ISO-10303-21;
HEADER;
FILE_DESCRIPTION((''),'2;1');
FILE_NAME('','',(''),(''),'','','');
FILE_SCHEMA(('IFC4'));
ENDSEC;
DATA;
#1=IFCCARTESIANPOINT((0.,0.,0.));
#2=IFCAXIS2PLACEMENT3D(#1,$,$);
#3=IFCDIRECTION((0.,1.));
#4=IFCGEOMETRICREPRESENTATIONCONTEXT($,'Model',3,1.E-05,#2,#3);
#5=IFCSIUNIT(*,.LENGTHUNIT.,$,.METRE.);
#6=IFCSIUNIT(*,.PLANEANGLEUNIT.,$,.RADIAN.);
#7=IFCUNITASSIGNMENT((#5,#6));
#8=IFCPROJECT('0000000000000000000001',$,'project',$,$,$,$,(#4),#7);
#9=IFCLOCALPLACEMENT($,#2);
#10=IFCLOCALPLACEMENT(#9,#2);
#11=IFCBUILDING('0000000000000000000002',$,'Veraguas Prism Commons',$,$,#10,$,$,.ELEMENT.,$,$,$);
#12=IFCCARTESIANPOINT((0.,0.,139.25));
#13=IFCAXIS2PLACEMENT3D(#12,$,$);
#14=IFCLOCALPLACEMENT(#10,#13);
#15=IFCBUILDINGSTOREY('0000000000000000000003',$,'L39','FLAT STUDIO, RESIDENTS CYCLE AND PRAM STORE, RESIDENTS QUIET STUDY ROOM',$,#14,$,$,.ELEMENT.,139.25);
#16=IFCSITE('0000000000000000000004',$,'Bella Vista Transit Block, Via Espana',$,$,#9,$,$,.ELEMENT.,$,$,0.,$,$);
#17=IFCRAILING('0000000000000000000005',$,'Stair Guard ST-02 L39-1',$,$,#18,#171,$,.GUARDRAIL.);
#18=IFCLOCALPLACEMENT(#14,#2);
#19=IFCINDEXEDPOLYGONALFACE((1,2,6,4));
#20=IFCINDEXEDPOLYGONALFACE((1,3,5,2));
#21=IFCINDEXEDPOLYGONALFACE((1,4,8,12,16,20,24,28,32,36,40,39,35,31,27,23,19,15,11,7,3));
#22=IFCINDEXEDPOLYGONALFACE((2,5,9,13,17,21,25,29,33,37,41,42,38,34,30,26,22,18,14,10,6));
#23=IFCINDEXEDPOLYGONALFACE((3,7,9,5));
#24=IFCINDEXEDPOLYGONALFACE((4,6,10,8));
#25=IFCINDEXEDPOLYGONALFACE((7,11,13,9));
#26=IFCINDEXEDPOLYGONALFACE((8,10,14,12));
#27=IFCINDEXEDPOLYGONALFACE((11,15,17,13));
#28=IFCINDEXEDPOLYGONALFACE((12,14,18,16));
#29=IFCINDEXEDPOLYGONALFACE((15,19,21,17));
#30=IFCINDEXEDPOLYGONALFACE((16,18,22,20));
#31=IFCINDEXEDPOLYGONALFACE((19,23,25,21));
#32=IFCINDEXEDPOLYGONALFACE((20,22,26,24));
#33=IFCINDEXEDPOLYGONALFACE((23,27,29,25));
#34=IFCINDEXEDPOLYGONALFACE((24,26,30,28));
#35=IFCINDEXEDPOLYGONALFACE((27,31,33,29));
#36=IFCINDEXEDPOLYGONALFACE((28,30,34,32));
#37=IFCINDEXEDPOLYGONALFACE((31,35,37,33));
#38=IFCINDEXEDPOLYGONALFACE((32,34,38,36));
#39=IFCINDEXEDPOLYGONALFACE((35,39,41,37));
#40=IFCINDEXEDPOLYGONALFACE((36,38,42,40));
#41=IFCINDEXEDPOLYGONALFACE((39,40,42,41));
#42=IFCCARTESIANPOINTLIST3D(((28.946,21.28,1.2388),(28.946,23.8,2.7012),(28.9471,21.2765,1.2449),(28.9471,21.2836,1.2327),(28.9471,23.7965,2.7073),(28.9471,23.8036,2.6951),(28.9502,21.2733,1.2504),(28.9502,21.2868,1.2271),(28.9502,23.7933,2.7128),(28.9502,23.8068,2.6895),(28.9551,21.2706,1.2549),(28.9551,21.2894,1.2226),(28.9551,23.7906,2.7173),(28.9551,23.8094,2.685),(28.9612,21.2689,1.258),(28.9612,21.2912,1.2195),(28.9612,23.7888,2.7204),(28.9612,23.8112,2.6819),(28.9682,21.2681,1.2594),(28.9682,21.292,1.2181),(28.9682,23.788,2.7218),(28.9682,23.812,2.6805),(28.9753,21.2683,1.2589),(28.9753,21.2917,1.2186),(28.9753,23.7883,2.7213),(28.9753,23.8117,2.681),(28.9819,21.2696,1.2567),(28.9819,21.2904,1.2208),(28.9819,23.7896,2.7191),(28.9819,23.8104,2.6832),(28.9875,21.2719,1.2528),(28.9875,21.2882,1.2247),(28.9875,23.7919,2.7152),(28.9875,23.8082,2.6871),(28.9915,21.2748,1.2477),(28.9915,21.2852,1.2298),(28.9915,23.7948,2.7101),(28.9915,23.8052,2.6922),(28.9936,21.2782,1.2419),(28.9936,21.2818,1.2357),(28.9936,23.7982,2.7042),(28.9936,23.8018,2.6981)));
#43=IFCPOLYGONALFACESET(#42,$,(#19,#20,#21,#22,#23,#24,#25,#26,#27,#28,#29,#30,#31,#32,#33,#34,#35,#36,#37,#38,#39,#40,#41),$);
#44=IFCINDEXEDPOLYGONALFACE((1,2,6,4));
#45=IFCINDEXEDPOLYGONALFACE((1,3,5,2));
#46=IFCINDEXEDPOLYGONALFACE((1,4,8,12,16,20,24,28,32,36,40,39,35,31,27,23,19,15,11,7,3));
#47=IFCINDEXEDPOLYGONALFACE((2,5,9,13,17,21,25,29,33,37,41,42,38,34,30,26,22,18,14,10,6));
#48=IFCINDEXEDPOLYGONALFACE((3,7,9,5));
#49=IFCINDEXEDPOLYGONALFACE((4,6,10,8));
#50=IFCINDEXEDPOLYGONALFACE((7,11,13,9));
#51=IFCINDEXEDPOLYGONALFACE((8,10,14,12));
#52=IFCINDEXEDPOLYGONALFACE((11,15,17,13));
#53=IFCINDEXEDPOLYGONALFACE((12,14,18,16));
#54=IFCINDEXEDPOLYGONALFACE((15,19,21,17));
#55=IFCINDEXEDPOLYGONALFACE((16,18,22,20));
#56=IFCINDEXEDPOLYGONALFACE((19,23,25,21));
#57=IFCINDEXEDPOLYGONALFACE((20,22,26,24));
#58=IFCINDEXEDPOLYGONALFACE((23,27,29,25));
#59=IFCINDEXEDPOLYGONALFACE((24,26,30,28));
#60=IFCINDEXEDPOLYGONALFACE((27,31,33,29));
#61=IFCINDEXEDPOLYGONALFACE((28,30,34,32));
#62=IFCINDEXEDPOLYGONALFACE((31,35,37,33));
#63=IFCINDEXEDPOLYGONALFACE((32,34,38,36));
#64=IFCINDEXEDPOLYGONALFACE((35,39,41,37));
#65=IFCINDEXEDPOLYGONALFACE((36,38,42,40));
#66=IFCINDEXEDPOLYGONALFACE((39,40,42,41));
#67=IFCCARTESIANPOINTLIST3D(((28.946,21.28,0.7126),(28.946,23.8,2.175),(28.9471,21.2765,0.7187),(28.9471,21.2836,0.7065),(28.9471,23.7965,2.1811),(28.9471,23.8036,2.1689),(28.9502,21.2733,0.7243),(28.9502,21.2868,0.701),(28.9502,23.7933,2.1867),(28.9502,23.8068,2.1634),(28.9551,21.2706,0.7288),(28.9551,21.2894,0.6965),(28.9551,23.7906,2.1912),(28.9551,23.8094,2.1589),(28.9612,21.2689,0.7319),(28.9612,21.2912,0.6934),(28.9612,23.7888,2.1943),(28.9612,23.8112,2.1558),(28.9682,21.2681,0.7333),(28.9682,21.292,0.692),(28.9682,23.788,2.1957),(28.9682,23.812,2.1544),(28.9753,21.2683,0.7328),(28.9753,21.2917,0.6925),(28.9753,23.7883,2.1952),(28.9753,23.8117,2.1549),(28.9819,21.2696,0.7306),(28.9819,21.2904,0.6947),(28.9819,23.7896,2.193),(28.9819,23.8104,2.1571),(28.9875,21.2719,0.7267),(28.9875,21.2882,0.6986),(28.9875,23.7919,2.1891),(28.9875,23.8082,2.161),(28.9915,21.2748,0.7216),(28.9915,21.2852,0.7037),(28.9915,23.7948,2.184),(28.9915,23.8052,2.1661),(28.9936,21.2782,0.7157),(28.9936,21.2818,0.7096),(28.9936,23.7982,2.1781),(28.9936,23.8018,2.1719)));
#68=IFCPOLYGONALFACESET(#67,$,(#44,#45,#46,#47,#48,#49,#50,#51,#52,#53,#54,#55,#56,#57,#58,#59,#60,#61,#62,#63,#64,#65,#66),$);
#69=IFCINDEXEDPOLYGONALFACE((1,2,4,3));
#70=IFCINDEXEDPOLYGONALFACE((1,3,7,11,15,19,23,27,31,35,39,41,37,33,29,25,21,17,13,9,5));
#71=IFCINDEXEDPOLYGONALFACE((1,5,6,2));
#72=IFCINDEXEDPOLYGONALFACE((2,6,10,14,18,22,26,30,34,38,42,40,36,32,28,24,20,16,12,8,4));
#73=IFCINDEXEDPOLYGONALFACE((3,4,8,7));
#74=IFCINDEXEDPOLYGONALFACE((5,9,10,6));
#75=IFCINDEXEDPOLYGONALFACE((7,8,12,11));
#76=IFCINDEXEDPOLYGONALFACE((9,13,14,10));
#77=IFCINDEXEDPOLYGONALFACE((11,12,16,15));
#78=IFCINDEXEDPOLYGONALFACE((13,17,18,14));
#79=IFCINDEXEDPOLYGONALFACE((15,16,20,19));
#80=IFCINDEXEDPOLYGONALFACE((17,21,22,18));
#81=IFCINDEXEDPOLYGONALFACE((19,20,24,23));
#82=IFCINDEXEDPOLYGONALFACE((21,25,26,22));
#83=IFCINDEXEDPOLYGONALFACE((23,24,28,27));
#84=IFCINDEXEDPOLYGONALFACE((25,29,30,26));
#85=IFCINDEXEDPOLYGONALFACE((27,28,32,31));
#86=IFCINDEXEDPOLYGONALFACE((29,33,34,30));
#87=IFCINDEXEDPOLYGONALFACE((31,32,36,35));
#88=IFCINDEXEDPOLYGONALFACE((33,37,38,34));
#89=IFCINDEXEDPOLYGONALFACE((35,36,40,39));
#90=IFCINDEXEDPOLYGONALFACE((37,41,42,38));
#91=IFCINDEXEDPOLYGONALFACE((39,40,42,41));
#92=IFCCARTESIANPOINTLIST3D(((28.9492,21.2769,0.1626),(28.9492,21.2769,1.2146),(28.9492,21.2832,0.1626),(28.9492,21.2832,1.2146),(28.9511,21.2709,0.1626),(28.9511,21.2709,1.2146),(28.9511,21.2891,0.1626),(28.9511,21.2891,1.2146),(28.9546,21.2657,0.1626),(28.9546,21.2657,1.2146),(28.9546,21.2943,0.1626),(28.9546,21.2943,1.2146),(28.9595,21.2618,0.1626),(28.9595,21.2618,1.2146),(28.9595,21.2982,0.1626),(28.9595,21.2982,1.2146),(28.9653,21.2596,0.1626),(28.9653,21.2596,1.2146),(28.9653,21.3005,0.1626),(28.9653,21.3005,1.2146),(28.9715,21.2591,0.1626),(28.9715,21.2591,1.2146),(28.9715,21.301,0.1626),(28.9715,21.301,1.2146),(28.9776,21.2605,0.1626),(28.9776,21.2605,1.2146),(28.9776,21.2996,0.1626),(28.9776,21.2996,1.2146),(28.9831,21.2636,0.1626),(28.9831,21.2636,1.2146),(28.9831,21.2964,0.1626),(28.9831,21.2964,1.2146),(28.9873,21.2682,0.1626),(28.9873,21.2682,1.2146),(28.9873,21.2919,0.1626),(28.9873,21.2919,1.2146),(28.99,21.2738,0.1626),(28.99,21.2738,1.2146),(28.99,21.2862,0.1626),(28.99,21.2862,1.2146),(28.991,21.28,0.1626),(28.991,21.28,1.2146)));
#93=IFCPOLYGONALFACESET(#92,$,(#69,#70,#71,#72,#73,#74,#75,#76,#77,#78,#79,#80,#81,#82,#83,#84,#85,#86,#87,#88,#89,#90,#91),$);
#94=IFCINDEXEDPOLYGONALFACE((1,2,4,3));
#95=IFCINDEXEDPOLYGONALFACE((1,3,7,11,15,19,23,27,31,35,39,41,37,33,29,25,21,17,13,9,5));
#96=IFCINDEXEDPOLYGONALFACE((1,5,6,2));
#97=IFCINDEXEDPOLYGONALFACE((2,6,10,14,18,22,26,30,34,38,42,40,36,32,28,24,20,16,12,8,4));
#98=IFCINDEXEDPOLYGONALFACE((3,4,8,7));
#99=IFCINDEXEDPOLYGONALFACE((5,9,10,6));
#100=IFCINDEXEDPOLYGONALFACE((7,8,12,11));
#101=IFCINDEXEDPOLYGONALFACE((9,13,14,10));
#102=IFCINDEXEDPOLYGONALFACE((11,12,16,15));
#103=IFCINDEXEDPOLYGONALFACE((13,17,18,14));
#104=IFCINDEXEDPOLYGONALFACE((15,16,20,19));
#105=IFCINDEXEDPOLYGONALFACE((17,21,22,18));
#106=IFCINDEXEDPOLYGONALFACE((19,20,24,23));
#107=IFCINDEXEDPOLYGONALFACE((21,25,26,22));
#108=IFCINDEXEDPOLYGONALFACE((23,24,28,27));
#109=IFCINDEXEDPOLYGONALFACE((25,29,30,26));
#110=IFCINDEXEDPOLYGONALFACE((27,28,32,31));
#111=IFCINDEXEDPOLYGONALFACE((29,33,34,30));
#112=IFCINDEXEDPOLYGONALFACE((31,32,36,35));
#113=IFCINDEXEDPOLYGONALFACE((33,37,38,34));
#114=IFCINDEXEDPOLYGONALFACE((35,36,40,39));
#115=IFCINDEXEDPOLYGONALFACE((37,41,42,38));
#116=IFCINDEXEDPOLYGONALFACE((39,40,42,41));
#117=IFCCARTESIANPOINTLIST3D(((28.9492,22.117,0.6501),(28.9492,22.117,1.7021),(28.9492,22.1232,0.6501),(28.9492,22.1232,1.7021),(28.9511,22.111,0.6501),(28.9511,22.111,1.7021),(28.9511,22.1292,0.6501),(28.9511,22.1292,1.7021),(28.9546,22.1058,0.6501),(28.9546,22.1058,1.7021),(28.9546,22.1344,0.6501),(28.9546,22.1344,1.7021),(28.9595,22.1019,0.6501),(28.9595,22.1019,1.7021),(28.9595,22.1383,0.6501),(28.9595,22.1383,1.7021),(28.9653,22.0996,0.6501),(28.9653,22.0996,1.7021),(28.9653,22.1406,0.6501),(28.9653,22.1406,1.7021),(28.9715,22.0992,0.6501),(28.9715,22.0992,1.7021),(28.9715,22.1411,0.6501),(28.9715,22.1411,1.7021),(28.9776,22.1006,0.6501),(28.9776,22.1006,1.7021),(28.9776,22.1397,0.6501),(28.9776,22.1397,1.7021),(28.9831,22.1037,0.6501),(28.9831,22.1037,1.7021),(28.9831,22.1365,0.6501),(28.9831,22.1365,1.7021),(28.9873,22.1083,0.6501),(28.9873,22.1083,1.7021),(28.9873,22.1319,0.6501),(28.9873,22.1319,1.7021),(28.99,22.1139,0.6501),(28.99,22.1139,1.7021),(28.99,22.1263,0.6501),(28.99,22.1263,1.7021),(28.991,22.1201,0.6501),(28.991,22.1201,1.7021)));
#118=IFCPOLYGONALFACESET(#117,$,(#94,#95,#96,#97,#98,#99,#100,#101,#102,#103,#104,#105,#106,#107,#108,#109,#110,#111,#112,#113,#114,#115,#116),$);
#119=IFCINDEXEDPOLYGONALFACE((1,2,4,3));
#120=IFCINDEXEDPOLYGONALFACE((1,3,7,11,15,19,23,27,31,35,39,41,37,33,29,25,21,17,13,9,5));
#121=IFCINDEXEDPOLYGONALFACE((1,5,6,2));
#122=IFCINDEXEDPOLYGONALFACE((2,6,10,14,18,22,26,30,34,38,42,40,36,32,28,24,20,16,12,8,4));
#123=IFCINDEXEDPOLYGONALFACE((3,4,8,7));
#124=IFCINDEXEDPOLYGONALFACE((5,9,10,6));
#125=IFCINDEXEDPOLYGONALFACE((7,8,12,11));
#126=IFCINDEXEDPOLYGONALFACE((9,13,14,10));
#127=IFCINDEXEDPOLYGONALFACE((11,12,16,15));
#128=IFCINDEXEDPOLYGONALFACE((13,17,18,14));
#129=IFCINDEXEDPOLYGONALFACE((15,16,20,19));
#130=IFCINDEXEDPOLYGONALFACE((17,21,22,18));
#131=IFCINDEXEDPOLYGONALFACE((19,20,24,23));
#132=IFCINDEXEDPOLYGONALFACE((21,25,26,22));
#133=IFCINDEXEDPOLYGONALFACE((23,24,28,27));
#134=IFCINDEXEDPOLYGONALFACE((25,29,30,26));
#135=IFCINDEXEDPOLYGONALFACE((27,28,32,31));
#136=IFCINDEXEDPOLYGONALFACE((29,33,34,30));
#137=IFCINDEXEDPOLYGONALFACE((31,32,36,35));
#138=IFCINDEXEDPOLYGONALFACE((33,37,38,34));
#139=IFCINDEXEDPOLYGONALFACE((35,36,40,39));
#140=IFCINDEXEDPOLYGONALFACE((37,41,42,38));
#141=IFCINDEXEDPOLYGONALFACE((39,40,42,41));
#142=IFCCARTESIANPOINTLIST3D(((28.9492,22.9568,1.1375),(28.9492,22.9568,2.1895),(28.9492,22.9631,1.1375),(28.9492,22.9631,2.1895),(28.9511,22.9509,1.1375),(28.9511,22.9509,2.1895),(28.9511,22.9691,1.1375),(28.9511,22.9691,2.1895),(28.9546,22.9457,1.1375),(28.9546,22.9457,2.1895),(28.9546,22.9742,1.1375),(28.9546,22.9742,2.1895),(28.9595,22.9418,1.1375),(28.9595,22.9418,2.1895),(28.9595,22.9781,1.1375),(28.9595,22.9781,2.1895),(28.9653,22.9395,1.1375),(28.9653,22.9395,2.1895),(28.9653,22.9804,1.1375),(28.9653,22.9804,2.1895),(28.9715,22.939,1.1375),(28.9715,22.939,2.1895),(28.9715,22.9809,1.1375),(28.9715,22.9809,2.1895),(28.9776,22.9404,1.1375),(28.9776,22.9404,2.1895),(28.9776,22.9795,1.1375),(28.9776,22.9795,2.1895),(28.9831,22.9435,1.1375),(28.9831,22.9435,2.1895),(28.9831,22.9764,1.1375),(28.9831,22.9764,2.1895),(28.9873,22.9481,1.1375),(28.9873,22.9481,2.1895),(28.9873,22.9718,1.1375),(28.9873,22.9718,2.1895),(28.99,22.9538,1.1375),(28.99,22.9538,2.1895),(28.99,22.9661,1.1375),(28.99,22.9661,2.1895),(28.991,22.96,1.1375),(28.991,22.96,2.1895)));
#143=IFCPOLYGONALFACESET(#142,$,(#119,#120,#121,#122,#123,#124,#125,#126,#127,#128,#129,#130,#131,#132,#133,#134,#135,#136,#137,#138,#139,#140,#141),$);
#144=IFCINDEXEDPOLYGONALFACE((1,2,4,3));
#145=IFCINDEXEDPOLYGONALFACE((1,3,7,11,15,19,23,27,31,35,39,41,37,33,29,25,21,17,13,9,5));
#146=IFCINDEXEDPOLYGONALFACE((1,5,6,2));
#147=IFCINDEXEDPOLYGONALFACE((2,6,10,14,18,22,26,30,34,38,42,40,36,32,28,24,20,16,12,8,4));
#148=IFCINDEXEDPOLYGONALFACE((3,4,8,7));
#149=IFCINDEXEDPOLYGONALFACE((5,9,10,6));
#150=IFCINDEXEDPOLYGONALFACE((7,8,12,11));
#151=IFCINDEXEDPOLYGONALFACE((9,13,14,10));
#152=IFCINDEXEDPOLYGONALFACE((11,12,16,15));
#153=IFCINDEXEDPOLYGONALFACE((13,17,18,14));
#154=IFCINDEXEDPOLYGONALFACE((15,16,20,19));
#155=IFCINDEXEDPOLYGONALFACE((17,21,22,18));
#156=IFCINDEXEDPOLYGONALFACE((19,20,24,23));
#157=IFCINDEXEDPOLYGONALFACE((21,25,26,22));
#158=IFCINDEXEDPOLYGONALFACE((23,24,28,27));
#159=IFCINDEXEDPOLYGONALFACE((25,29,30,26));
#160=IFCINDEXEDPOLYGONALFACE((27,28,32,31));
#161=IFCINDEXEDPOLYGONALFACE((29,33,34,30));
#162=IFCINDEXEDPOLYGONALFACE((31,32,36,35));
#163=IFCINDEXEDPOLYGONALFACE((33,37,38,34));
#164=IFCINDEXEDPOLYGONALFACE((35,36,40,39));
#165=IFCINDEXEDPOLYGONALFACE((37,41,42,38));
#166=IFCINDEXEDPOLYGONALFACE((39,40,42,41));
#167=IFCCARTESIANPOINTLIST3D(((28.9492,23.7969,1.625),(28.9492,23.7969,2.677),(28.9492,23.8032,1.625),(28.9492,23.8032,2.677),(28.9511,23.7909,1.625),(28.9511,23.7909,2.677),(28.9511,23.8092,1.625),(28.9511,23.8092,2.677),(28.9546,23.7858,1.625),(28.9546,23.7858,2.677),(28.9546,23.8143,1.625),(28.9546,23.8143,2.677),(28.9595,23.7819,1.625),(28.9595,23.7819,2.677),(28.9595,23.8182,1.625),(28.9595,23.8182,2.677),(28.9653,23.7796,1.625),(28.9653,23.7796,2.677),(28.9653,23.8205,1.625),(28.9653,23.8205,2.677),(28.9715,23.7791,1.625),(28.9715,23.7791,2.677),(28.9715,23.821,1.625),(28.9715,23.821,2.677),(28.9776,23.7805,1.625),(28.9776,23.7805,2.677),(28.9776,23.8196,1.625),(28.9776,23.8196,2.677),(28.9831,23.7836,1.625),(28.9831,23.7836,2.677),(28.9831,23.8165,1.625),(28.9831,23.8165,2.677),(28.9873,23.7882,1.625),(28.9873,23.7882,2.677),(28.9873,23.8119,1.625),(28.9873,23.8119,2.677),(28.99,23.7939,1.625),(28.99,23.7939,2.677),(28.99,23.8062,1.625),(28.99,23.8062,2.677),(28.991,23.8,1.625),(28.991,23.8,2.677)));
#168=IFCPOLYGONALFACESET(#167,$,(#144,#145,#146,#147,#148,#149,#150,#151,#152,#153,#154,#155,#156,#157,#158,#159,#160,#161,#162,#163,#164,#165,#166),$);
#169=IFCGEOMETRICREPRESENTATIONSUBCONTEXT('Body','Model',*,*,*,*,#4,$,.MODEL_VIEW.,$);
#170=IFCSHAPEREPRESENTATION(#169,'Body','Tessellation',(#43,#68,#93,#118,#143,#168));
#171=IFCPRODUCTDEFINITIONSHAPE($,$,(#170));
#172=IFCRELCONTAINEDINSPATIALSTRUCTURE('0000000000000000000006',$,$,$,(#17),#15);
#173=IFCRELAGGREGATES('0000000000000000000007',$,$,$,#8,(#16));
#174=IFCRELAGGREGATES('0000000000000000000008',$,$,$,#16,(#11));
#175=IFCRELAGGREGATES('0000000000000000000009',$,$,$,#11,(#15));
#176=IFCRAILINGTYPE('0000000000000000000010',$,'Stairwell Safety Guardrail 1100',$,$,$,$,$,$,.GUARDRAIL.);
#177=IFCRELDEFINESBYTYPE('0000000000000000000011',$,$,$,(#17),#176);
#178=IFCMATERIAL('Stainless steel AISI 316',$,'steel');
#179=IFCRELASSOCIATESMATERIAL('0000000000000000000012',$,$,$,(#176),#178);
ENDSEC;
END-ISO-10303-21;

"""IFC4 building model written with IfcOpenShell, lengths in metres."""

from ifc_helpers import new_model, si_unit, direction, frame, origin, origin_2d, place, context, subcontext, project, spatial, circle, extrude, material, type_object, element, save


model = new_model("IFC4")

# Units and contexts
model_context = context("Model", 3, precision=1e-05, world=origin(), true_north=direction((0.0, 1.0)))
body_context = subcontext(model_context, "Body", "Model", "MODEL_VIEW")
ifc_project = project(units=[si_unit("LENGTHUNIT", "METRE"), si_unit("PLANEANGLEUNIT", "RADIAN")], contexts=[model_context])

# Site, building, storey
site_placement = place(None, origin())
site = spatial("IfcSite", under=ifc_project, at=site_placement, Name="Bella Vista Transit Block, Via Espana", CompositionType="ELEMENT", RefElevation=0.0)
building_placement = place(site_placement, origin())
building = spatial("IfcBuilding", under=site, at=building_placement, Name="Veraguas Prism Commons", CompositionType="ELEMENT")
storey_placement = place(building_placement, frame((0.0, 0.0, 139.25)))
storey = spatial("IfcBuildingStorey", under=building, at=storey_placement, Name="L39", Description="FLAT STUDIO, RESIDENTS CYCLE AND PRAM STORE, RESIDENTS QUIET STUDY ROOM", CompositionType="ELEMENT", Elevation=139.25)

# Shared definitions
ifc_material_1 = material(Name="Stainless steel AISI 316", Category="steel")

# Railing
railing_type_1 = type_object("IfcRailingType", Name="Stairwell Safety Guardrail 1100", PredefinedType="GUARDRAIL", material=ifc_material_1)
railing_1_placement = place(storey_placement, frame((28.97, 21.28, 0.1626)))
element("IfcRailing", 1, at=railing_1_placement, inside=storey, type_object=railing_type_1, Name="Stair Guard ST-02 L39-1", PredefinedType="GUARDRAIL", context=body_context, shape_type="SweptSolid", body=[
    extrude(circle(Radius=0.0239, at=origin_2d()), frame((0.0, 0.0, 1.0762), z_axis=(0.0, 0.864913, 0.501921), x_axis=(-1.0, 0.0, 0.0)), (0.0, 0.0, 1.0), 2.9136),
    extrude(circle(Radius=0.0239, at=origin_2d()), frame((0.0, 0.0, 0.55), z_axis=(0.0, 0.864913, 0.501921), x_axis=(-1.0, 0.0, 0.0)), (0.0, 0.0, 1.0), 2.9136),
    extrude(circle(Radius=0.021, at=origin_2d()), origin(), (0.0, 0.0, 1.0), 1.052),
    extrude(circle(Radius=0.021, at=origin_2d()), frame((0.0, 0.8401, 0.4875)), (0.0, 0.0, 1.0), 1.052),
    extrude(circle(Radius=0.021, at=origin_2d()), frame((0.0, 1.6799, 0.9749)), (0.0, 0.0, 1.0), 1.052),
    extrude(circle(Radius=0.021, at=origin_2d()), frame((0.0, 2.52, 1.4624)), (0.0, 0.0, 1.0), 1.052),
])

save(model, "model.ifc")
